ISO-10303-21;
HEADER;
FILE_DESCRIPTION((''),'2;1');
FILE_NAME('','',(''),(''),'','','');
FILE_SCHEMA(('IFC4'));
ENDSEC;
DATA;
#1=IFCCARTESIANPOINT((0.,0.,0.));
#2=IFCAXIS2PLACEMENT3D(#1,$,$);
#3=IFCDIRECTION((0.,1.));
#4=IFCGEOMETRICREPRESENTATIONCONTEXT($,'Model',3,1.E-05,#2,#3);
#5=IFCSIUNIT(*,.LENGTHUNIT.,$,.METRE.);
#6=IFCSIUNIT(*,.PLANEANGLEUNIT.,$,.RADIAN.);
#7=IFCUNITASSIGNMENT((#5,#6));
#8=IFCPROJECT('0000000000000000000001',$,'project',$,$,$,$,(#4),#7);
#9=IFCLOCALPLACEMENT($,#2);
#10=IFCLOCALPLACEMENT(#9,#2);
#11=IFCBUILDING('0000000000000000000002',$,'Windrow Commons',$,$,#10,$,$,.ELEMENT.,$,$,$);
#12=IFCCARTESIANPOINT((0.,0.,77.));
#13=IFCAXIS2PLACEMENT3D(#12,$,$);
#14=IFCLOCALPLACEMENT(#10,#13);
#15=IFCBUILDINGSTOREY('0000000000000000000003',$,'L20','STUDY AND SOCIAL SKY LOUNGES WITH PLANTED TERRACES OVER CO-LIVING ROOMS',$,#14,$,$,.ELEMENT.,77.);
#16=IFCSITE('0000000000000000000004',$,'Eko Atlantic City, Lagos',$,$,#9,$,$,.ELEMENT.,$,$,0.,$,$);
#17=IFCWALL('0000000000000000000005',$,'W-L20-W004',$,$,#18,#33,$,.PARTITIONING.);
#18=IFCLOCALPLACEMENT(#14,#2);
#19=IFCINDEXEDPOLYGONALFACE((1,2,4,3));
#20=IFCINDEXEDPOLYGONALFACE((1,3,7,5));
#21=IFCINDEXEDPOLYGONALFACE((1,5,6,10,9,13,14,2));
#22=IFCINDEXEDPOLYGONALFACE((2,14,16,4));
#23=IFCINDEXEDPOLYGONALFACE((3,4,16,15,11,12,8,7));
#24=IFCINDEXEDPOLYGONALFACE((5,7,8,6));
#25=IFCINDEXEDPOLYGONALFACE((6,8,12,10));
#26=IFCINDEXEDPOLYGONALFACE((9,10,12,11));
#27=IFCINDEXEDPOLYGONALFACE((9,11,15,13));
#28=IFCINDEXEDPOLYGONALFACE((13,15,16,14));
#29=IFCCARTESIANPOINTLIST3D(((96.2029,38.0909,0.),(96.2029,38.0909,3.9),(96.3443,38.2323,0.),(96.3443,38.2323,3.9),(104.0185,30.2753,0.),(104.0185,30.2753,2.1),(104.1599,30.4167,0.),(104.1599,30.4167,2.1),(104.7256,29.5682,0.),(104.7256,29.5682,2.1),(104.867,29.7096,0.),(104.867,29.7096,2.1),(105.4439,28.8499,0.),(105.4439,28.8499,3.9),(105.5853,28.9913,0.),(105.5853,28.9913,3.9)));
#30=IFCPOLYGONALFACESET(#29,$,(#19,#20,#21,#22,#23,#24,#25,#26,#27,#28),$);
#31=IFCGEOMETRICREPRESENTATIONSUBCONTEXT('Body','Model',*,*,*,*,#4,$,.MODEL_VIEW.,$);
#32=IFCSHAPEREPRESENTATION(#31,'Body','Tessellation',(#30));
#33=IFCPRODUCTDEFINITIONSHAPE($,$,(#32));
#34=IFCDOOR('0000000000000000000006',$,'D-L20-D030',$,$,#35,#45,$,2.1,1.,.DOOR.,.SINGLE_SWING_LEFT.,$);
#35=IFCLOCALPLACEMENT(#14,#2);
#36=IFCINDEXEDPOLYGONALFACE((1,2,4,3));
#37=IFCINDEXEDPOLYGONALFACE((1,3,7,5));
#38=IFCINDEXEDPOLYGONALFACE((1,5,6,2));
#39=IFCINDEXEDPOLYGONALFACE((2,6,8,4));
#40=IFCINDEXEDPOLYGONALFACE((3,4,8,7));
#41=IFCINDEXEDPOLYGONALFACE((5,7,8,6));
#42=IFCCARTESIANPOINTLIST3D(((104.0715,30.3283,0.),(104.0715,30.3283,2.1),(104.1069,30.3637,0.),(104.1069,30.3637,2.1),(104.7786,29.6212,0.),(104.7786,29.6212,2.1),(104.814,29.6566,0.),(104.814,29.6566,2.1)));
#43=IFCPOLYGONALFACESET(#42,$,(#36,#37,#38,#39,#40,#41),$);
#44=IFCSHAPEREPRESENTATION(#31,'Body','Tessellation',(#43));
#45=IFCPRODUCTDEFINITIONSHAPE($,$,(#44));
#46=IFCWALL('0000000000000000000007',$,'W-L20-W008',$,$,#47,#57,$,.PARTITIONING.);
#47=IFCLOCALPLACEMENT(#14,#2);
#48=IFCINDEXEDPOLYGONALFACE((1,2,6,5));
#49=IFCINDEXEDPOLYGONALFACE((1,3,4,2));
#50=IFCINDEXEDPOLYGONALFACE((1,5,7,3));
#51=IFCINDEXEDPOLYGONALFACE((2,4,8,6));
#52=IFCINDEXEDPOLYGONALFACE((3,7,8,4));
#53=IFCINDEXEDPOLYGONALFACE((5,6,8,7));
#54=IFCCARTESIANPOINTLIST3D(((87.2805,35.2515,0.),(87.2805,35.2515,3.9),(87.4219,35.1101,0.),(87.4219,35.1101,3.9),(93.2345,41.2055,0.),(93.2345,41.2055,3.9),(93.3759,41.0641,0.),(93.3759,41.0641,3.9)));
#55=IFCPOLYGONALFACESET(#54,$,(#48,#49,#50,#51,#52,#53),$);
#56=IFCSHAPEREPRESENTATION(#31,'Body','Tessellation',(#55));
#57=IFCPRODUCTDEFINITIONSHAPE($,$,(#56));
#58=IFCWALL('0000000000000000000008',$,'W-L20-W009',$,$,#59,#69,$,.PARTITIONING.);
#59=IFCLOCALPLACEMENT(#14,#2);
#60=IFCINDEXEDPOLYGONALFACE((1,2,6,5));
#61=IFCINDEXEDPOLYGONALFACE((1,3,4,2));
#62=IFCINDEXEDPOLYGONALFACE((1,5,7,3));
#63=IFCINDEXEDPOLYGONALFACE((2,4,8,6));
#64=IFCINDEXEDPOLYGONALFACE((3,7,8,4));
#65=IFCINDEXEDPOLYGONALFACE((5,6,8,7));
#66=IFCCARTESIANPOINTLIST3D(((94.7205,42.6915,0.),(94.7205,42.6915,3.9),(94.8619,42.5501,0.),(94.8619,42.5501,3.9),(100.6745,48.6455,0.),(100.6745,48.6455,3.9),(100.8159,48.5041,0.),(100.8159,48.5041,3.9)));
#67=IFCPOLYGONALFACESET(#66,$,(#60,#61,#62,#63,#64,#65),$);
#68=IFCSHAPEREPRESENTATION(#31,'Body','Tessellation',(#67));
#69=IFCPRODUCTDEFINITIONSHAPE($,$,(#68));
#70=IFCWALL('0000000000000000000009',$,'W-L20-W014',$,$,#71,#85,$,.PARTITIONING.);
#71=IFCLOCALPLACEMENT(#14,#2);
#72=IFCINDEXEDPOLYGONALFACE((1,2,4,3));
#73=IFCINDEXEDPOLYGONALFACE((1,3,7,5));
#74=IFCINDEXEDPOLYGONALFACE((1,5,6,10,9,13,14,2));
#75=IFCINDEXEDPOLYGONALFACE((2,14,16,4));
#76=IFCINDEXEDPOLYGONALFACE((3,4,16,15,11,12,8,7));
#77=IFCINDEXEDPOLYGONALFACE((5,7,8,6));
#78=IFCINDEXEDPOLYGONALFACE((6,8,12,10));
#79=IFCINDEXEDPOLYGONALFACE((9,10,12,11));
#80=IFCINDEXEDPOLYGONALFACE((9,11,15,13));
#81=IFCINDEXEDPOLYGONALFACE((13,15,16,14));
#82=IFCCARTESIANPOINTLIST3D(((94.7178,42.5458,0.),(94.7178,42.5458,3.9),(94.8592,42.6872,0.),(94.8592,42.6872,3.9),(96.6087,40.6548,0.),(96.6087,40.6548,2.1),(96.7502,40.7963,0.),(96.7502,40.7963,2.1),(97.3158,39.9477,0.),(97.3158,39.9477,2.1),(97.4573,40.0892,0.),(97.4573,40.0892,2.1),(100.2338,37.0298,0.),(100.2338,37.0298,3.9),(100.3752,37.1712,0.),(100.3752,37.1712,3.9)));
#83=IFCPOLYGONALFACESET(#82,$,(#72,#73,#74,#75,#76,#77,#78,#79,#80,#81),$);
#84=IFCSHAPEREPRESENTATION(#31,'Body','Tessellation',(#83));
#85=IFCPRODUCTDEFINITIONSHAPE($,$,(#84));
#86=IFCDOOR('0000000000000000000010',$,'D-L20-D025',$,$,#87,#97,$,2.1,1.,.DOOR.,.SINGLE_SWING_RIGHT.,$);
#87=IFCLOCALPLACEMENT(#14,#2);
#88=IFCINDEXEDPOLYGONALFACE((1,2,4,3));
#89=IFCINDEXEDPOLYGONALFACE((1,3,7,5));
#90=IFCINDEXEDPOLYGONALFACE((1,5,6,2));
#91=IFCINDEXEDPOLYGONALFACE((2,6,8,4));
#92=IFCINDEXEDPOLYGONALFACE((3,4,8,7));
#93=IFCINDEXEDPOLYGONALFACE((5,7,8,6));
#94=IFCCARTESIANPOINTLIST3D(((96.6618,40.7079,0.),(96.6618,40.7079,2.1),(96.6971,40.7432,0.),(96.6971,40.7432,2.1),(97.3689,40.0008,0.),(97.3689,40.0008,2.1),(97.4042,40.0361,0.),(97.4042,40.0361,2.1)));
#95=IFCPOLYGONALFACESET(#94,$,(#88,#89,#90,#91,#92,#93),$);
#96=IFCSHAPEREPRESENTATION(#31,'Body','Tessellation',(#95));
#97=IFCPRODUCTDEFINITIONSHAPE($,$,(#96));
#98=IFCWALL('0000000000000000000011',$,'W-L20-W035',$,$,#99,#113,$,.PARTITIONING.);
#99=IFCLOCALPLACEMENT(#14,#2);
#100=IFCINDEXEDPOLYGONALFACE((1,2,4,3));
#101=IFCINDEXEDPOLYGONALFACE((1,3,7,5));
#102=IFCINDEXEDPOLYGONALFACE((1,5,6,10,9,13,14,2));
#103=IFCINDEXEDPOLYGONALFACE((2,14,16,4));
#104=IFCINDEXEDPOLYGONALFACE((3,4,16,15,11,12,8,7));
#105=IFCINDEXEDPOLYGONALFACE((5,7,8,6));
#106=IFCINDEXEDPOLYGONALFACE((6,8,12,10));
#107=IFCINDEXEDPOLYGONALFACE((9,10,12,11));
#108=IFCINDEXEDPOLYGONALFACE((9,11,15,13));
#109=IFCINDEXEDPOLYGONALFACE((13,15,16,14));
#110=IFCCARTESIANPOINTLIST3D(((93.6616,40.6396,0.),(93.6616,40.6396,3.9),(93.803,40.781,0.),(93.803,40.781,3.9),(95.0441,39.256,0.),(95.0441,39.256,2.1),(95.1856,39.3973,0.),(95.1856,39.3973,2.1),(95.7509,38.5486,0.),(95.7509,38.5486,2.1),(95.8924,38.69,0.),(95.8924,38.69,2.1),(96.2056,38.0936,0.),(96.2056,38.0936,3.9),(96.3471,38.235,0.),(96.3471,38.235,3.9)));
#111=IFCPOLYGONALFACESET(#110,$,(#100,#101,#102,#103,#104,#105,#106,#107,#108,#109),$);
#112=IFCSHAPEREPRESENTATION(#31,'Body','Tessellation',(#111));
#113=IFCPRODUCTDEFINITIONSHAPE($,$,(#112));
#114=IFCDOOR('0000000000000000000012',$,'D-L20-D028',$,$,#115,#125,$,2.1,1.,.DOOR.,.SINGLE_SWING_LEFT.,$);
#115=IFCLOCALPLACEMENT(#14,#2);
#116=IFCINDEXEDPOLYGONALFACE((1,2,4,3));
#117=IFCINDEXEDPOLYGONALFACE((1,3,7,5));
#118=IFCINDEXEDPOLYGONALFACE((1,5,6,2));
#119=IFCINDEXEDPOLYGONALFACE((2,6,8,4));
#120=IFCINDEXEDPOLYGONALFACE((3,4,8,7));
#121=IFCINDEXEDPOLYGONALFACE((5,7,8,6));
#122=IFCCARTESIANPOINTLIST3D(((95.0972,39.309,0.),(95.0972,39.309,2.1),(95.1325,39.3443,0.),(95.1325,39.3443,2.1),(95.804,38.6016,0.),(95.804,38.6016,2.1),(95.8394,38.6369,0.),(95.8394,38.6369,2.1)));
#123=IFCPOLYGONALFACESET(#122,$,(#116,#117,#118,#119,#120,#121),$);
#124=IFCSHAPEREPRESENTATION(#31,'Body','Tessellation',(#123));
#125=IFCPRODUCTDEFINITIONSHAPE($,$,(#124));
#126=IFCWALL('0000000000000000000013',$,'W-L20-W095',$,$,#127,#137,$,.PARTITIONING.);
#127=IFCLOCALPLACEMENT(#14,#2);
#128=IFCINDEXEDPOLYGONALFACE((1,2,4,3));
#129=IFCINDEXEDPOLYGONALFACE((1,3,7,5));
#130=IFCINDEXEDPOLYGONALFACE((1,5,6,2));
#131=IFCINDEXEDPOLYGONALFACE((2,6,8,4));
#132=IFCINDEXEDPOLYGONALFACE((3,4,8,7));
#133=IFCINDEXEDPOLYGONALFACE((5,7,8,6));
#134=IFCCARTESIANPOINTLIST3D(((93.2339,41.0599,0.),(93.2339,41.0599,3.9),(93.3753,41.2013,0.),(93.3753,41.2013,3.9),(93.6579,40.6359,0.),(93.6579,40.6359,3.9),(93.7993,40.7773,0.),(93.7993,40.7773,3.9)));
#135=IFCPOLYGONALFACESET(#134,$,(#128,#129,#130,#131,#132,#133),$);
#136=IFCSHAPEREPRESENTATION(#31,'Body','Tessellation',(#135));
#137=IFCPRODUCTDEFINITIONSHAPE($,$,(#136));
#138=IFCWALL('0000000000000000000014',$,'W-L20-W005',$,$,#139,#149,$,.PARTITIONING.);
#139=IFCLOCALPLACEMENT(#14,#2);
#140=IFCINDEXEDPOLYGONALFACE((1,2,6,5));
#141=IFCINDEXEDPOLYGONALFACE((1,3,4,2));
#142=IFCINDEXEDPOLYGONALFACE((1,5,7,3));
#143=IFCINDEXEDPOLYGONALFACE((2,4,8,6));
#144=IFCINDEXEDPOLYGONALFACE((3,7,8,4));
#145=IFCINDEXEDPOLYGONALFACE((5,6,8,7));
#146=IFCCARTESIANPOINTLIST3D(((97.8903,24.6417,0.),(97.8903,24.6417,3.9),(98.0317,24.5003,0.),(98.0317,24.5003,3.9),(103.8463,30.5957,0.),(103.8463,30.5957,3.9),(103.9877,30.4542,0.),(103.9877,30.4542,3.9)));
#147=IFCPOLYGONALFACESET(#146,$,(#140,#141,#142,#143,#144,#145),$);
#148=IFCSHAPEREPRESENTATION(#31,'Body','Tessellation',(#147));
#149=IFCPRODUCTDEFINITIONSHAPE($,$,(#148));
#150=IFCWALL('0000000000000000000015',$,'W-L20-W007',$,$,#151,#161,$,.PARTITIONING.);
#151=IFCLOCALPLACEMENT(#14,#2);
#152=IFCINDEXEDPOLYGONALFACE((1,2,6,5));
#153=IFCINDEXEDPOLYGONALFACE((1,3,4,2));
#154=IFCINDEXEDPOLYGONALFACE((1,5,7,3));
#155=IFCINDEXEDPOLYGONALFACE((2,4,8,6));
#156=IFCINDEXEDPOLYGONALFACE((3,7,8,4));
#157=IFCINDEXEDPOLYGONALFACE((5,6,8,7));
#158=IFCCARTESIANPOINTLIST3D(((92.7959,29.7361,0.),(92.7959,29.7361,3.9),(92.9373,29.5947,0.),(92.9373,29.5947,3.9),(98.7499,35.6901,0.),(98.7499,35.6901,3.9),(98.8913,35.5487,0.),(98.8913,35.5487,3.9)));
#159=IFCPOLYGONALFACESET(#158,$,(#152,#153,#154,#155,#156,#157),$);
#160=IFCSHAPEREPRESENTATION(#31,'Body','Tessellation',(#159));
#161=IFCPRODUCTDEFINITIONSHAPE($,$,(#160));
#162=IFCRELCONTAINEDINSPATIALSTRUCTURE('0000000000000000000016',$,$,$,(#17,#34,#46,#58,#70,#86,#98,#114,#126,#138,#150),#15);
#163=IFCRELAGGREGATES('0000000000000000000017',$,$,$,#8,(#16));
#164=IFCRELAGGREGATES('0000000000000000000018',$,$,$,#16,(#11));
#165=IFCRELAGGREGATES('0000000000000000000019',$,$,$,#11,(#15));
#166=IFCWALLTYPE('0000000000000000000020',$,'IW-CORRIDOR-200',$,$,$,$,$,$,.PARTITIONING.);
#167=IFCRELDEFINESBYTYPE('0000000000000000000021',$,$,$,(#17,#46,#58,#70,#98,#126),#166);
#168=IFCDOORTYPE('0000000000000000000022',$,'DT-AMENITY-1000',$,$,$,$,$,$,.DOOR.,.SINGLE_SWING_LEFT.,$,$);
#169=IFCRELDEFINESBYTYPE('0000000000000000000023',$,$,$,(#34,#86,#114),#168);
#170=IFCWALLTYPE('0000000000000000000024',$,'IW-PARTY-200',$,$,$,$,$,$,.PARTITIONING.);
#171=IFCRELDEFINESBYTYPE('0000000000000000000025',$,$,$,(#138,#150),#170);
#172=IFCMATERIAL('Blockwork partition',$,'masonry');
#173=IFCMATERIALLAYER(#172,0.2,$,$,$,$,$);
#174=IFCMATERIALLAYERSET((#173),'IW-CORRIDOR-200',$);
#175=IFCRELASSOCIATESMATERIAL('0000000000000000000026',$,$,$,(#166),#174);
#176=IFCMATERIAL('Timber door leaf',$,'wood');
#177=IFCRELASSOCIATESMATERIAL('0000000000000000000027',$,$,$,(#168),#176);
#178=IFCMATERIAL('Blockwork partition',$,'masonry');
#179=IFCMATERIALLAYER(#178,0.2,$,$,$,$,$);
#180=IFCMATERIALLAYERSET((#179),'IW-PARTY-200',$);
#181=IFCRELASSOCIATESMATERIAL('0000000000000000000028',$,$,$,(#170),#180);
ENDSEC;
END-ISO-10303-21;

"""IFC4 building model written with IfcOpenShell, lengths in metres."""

from ifc_helpers import new_model, si_unit, direction, frame, frame_2d, origin, place, context, subcontext, project, spatial, polyline, rectangle, outline, extrude, material, layer, layer_set, type_object, element, fill, save


model = new_model("IFC4")

# Units and contexts
model_context = context("Model", 3, precision=1e-05, world=origin(), true_north=direction((0.0, 1.0)))
body_context = subcontext(model_context, "Body", "Model", "MODEL_VIEW")
ifc_project = project(units=[si_unit("LENGTHUNIT", "METRE"), si_unit("PLANEANGLEUNIT", "RADIAN")], contexts=[model_context])

# Site, building, storey
site_placement = place(None, origin())
site = spatial("IfcSite", under=ifc_project, at=site_placement, Name="Eko Atlantic City, Lagos", CompositionType="ELEMENT", RefElevation=0.0)
building_placement = place(site_placement, origin())
building = spatial("IfcBuilding", under=site, at=building_placement, Name="Windrow Commons", CompositionType="ELEMENT")
storey_placement = place(building_placement, frame((0.0, 0.0, 77.0)))
storey = spatial("IfcBuildingStorey", under=building, at=storey_placement, Name="L20", Description="STUDY AND SOCIAL SKY LOUNGES WITH PLANTED TERRACES OVER CO-LIVING ROOMS", CompositionType="ELEMENT", Elevation=77.0)

# Wall, opening, door
ifc_material_1 = material(Name="Blockwork partition", Category="masonry")
ifc_layer_1 = layer(ifc_material_1, 0.2)
ifc_layer_set_1 = layer_set([ifc_layer_1], Name="IW-CORRIDOR-200")
wall_type_1 = type_object("IfcWallType", Name="IW-CORRIDOR-200", PredefinedType="PARTITIONING", material=ifc_layer_set_1)
wall_1_placement = place(storey_placement, frame((96.2736, 38.1616, 0.0), z_axis=(0.0, 0.0, 1.0), x_axis=(0.707107, -0.707107, 0.0)))
wall_1 = element("IfcWall", 1, at=wall_1_placement, inside=storey, type_object=wall_type_1, Name="W-L20-W004", PredefinedType="PARTITIONING", context=body_context, shape_type="SweptSolid", body=[
    extrude(outline(polyline([(0.0, -0.1), (13.0687, -0.1), (13.0687, 0.1), (0.0, 0.1), (0.0, -0.1)])), origin(), (0.0, 0.0, 1.0), 3.9),
])
opening_1_placement = place(wall_1_placement, frame((11.0529, 0.0, 0.0)))
opening_1 = element("IfcOpeningElement", 2, at=opening_1_placement, cuts=wall_1, PredefinedType="OPENING", context=body_context, shape_type="SweptSolid", body=[
    extrude(rectangle(XDim=1.0, YDim=2.1, at=frame_2d((0.5, 1.05))), frame((0.0, 0.11, 0.0), z_axis=(0.0, -1.0, 0.0), x_axis=(1.0, 0.0, 0.0)), (0.0, 0.0, 1.0), 0.22),
])
ifc_material_2 = material(Name="Timber door leaf", Category="wood")
door_type_1 = type_object("IfcDoorType", Name="DT-AMENITY-1000", OperationType="SINGLE_SWING_LEFT", PredefinedType="DOOR", material=ifc_material_2)
door_1_placement = place(opening_1_placement, origin())
door_1 = element("IfcDoor", 3, at=door_1_placement, inside=storey, type_object=door_type_1, Name="D-L20-D030", OperationType="SINGLE_SWING_LEFT", OverallHeight=2.1, OverallWidth=1.0, PredefinedType="DOOR", context=body_context, shape_type="SweptSolid", body=[
    extrude(rectangle(XDim=1.0, YDim=2.1, at=frame_2d((0.5, 1.05))), frame((0.0, 0.025, 0.0), z_axis=(0.0, -1.0, 0.0), x_axis=(1.0, 0.0, 0.0)), (0.0, 0.0, 1.0), 0.05),
])
fill(opening_1, door_1)

# Walls
for number, where, z_axis, x_axis, name in (
    (4, (87.3512, 35.1808, 0.0), (0.0, 0.0, 1.0), (0.707107, 0.707107, 0.0), "W-L20-W008"),
    (5, (94.7912, 42.6208, 0.0), (0.0, 0.0, 1.0), (0.707107, 0.707107, 0.0), "W-L20-W009"),
):
    element("IfcWall", number, at=place(storey_placement, frame(where, z_axis=z_axis, x_axis=x_axis)), inside=storey, type_object=wall_type_1, Name=name, PredefinedType="PARTITIONING", context=body_context, shape_type="SweptSolid", body=[
        extrude(rectangle(XDim=8.4202, YDim=0.2, at=frame_2d((4.2101, 0.0))), origin(), (0.0, 0.0, 1.0), 3.9),
    ])

# Walls, openings, doors
wall_2_placement = place(storey_placement, frame((94.7885, 42.6165, 0.0), z_axis=(0.0, 0.0, 1.0), x_axis=(0.707107, -0.707107, 0.0)))
wall_2 = element("IfcWall", 6, at=wall_2_placement, inside=storey, type_object=wall_type_1, Name="W-L20-W014", PredefinedType="PARTITIONING", context=body_context, shape_type="SweptSolid", body=[
    extrude(rectangle(XDim=7.8008, YDim=0.2, at=frame_2d((3.9004, 0.0))), origin(), (0.0, 0.0, 1.0), 3.9),
])
opening_2_placement = place(wall_2_placement, frame((2.6742, 0.0, 0.0)))
opening_2 = element("IfcOpeningElement", 7, at=opening_2_placement, cuts=wall_2, PredefinedType="OPENING", context=body_context, shape_type="SweptSolid", body=[
    extrude(rectangle(XDim=1.0, YDim=2.1, at=frame_2d((0.5, 1.05))), frame((0.0, 0.11, 0.0), z_axis=(0.0, -1.0, 0.0), x_axis=(1.0, 0.0, 0.0)), (0.0, 0.0, 1.0), 0.22),
])
door_2_placement = place(opening_2_placement, origin())
door_2 = element("IfcDoor", 8, at=door_2_placement, inside=storey, type_object=door_type_1, Name="D-L20-D025", OperationType="SINGLE_SWING_RIGHT", OverallHeight=2.1, OverallWidth=1.0, PredefinedType="DOOR", context=body_context, shape_type="SweptSolid", body=[
    extrude(rectangle(XDim=1.0, YDim=2.1, at=frame_2d((0.5, 1.05))), frame((0.0, 0.025, 0.0), z_axis=(0.0, -1.0, 0.0), x_axis=(1.0, 0.0, 0.0)), (0.0, 0.0, 1.0), 0.05),
])
fill(opening_2, door_2)
wall_3_placement = place(storey_placement, frame((93.7323, 40.7103, 0.0), z_axis=(0.0, 0.0, 1.0), x_axis=(0.706829, -0.707385, 0.0)))
wall_3 = element("IfcWall", 9, at=wall_3_placement, inside=storey, type_object=wall_type_1, Name="W-L20-W035", PredefinedType="PARTITIONING", context=body_context, shape_type="SweptSolid", body=[
    extrude(rectangle(XDim=3.5992, YDim=0.2, at=frame_2d((1.7996, 0.0))), origin(), (0.0, 0.0, 1.0), 3.9),
])
opening_3_placement = place(wall_3_placement, frame((1.956, 0.0, 0.0)))
opening_3 = element("IfcOpeningElement", 10, at=opening_3_placement, cuts=wall_3, PredefinedType="OPENING", context=body_context, shape_type="SweptSolid", body=[
    extrude(rectangle(XDim=1.0, YDim=2.1, at=frame_2d((0.5, 1.05))), frame((0.0, 0.11, 0.0), z_axis=(0.0, -1.0, 0.0), x_axis=(1.0, 0.0, 0.0)), (0.0, 0.0, 1.0), 0.22),
])
door_3_placement = place(opening_3_placement, origin())
door_3 = element("IfcDoor", 11, at=door_3_placement, inside=storey, type_object=door_type_1, Name="D-L20-D028", OperationType="SINGLE_SWING_LEFT", OverallHeight=2.1, OverallWidth=1.0, PredefinedType="DOOR", context=body_context, shape_type="SweptSolid", body=[
    extrude(rectangle(XDim=1.0, YDim=2.1, at=frame_2d((0.5, 1.05))), frame((0.0, 0.025, 0.0), z_axis=(0.0, -1.0, 0.0), x_axis=(1.0, 0.0, 0.0)), (0.0, 0.0, 1.0), 0.05),
])
fill(opening_3, door_3)

# Walls
wall_4_placement = place(storey_placement, frame((93.3046, 41.1306, 0.0), z_axis=(0.0, 0.0, 1.0), x_axis=(0.707107, -0.707107, 0.0)))
element("IfcWall", 12, at=wall_4_placement, inside=storey, type_object=wall_type_1, Name="W-L20-W095", PredefinedType="PARTITIONING", context=body_context, shape_type="SweptSolid", body=[
    extrude(rectangle(XDim=0.5996, YDim=0.2, at=frame_2d((0.2998, 0.0))), origin(), (0.0, 0.0, 1.0), 3.9),
])
ifc_material_3 = material(Name="Blockwork partition", Category="masonry")
ifc_layer_2 = layer(ifc_material_3, 0.2)
ifc_layer_set_2 = layer_set([ifc_layer_2], Name="IW-PARTY-200")
wall_type_2 = type_object("IfcWallType", Name="IW-PARTY-200", PredefinedType="PARTITIONING", material=ifc_layer_set_2)
wall_5_placement = place(storey_placement, frame((97.961, 24.571, 0.0), z_axis=(0.0, 0.0, 1.0), x_axis=(0.707226, 0.706988, 0.0)))
element("IfcWall", 13, at=wall_5_placement, inside=storey, type_object=wall_type_2, Name="W-L20-W005", PredefinedType="PARTITIONING", context=body_context, shape_type="SweptSolid", body=[
    extrude(rectangle(XDim=8.4216, YDim=0.2, at=frame_2d((4.2108, 0.0))), origin(), (0.0, 0.0, 1.0), 3.9),
])
wall_6_placement = place(storey_placement, frame((92.8666, 29.6654, 0.0), z_axis=(0.0, 0.0, 1.0), x_axis=(0.707107, 0.707107, 0.0)))
element("IfcWall", 14, at=wall_6_placement, inside=storey, type_object=wall_type_2, Name="W-L20-W007", PredefinedType="PARTITIONING", context=body_context, shape_type="SweptSolid", body=[
    extrude(rectangle(XDim=8.4202, YDim=0.2, at=frame_2d((4.2101, 0.0))), origin(), (0.0, 0.0, 1.0), 3.9),
])

save(model, "model.ifc")
